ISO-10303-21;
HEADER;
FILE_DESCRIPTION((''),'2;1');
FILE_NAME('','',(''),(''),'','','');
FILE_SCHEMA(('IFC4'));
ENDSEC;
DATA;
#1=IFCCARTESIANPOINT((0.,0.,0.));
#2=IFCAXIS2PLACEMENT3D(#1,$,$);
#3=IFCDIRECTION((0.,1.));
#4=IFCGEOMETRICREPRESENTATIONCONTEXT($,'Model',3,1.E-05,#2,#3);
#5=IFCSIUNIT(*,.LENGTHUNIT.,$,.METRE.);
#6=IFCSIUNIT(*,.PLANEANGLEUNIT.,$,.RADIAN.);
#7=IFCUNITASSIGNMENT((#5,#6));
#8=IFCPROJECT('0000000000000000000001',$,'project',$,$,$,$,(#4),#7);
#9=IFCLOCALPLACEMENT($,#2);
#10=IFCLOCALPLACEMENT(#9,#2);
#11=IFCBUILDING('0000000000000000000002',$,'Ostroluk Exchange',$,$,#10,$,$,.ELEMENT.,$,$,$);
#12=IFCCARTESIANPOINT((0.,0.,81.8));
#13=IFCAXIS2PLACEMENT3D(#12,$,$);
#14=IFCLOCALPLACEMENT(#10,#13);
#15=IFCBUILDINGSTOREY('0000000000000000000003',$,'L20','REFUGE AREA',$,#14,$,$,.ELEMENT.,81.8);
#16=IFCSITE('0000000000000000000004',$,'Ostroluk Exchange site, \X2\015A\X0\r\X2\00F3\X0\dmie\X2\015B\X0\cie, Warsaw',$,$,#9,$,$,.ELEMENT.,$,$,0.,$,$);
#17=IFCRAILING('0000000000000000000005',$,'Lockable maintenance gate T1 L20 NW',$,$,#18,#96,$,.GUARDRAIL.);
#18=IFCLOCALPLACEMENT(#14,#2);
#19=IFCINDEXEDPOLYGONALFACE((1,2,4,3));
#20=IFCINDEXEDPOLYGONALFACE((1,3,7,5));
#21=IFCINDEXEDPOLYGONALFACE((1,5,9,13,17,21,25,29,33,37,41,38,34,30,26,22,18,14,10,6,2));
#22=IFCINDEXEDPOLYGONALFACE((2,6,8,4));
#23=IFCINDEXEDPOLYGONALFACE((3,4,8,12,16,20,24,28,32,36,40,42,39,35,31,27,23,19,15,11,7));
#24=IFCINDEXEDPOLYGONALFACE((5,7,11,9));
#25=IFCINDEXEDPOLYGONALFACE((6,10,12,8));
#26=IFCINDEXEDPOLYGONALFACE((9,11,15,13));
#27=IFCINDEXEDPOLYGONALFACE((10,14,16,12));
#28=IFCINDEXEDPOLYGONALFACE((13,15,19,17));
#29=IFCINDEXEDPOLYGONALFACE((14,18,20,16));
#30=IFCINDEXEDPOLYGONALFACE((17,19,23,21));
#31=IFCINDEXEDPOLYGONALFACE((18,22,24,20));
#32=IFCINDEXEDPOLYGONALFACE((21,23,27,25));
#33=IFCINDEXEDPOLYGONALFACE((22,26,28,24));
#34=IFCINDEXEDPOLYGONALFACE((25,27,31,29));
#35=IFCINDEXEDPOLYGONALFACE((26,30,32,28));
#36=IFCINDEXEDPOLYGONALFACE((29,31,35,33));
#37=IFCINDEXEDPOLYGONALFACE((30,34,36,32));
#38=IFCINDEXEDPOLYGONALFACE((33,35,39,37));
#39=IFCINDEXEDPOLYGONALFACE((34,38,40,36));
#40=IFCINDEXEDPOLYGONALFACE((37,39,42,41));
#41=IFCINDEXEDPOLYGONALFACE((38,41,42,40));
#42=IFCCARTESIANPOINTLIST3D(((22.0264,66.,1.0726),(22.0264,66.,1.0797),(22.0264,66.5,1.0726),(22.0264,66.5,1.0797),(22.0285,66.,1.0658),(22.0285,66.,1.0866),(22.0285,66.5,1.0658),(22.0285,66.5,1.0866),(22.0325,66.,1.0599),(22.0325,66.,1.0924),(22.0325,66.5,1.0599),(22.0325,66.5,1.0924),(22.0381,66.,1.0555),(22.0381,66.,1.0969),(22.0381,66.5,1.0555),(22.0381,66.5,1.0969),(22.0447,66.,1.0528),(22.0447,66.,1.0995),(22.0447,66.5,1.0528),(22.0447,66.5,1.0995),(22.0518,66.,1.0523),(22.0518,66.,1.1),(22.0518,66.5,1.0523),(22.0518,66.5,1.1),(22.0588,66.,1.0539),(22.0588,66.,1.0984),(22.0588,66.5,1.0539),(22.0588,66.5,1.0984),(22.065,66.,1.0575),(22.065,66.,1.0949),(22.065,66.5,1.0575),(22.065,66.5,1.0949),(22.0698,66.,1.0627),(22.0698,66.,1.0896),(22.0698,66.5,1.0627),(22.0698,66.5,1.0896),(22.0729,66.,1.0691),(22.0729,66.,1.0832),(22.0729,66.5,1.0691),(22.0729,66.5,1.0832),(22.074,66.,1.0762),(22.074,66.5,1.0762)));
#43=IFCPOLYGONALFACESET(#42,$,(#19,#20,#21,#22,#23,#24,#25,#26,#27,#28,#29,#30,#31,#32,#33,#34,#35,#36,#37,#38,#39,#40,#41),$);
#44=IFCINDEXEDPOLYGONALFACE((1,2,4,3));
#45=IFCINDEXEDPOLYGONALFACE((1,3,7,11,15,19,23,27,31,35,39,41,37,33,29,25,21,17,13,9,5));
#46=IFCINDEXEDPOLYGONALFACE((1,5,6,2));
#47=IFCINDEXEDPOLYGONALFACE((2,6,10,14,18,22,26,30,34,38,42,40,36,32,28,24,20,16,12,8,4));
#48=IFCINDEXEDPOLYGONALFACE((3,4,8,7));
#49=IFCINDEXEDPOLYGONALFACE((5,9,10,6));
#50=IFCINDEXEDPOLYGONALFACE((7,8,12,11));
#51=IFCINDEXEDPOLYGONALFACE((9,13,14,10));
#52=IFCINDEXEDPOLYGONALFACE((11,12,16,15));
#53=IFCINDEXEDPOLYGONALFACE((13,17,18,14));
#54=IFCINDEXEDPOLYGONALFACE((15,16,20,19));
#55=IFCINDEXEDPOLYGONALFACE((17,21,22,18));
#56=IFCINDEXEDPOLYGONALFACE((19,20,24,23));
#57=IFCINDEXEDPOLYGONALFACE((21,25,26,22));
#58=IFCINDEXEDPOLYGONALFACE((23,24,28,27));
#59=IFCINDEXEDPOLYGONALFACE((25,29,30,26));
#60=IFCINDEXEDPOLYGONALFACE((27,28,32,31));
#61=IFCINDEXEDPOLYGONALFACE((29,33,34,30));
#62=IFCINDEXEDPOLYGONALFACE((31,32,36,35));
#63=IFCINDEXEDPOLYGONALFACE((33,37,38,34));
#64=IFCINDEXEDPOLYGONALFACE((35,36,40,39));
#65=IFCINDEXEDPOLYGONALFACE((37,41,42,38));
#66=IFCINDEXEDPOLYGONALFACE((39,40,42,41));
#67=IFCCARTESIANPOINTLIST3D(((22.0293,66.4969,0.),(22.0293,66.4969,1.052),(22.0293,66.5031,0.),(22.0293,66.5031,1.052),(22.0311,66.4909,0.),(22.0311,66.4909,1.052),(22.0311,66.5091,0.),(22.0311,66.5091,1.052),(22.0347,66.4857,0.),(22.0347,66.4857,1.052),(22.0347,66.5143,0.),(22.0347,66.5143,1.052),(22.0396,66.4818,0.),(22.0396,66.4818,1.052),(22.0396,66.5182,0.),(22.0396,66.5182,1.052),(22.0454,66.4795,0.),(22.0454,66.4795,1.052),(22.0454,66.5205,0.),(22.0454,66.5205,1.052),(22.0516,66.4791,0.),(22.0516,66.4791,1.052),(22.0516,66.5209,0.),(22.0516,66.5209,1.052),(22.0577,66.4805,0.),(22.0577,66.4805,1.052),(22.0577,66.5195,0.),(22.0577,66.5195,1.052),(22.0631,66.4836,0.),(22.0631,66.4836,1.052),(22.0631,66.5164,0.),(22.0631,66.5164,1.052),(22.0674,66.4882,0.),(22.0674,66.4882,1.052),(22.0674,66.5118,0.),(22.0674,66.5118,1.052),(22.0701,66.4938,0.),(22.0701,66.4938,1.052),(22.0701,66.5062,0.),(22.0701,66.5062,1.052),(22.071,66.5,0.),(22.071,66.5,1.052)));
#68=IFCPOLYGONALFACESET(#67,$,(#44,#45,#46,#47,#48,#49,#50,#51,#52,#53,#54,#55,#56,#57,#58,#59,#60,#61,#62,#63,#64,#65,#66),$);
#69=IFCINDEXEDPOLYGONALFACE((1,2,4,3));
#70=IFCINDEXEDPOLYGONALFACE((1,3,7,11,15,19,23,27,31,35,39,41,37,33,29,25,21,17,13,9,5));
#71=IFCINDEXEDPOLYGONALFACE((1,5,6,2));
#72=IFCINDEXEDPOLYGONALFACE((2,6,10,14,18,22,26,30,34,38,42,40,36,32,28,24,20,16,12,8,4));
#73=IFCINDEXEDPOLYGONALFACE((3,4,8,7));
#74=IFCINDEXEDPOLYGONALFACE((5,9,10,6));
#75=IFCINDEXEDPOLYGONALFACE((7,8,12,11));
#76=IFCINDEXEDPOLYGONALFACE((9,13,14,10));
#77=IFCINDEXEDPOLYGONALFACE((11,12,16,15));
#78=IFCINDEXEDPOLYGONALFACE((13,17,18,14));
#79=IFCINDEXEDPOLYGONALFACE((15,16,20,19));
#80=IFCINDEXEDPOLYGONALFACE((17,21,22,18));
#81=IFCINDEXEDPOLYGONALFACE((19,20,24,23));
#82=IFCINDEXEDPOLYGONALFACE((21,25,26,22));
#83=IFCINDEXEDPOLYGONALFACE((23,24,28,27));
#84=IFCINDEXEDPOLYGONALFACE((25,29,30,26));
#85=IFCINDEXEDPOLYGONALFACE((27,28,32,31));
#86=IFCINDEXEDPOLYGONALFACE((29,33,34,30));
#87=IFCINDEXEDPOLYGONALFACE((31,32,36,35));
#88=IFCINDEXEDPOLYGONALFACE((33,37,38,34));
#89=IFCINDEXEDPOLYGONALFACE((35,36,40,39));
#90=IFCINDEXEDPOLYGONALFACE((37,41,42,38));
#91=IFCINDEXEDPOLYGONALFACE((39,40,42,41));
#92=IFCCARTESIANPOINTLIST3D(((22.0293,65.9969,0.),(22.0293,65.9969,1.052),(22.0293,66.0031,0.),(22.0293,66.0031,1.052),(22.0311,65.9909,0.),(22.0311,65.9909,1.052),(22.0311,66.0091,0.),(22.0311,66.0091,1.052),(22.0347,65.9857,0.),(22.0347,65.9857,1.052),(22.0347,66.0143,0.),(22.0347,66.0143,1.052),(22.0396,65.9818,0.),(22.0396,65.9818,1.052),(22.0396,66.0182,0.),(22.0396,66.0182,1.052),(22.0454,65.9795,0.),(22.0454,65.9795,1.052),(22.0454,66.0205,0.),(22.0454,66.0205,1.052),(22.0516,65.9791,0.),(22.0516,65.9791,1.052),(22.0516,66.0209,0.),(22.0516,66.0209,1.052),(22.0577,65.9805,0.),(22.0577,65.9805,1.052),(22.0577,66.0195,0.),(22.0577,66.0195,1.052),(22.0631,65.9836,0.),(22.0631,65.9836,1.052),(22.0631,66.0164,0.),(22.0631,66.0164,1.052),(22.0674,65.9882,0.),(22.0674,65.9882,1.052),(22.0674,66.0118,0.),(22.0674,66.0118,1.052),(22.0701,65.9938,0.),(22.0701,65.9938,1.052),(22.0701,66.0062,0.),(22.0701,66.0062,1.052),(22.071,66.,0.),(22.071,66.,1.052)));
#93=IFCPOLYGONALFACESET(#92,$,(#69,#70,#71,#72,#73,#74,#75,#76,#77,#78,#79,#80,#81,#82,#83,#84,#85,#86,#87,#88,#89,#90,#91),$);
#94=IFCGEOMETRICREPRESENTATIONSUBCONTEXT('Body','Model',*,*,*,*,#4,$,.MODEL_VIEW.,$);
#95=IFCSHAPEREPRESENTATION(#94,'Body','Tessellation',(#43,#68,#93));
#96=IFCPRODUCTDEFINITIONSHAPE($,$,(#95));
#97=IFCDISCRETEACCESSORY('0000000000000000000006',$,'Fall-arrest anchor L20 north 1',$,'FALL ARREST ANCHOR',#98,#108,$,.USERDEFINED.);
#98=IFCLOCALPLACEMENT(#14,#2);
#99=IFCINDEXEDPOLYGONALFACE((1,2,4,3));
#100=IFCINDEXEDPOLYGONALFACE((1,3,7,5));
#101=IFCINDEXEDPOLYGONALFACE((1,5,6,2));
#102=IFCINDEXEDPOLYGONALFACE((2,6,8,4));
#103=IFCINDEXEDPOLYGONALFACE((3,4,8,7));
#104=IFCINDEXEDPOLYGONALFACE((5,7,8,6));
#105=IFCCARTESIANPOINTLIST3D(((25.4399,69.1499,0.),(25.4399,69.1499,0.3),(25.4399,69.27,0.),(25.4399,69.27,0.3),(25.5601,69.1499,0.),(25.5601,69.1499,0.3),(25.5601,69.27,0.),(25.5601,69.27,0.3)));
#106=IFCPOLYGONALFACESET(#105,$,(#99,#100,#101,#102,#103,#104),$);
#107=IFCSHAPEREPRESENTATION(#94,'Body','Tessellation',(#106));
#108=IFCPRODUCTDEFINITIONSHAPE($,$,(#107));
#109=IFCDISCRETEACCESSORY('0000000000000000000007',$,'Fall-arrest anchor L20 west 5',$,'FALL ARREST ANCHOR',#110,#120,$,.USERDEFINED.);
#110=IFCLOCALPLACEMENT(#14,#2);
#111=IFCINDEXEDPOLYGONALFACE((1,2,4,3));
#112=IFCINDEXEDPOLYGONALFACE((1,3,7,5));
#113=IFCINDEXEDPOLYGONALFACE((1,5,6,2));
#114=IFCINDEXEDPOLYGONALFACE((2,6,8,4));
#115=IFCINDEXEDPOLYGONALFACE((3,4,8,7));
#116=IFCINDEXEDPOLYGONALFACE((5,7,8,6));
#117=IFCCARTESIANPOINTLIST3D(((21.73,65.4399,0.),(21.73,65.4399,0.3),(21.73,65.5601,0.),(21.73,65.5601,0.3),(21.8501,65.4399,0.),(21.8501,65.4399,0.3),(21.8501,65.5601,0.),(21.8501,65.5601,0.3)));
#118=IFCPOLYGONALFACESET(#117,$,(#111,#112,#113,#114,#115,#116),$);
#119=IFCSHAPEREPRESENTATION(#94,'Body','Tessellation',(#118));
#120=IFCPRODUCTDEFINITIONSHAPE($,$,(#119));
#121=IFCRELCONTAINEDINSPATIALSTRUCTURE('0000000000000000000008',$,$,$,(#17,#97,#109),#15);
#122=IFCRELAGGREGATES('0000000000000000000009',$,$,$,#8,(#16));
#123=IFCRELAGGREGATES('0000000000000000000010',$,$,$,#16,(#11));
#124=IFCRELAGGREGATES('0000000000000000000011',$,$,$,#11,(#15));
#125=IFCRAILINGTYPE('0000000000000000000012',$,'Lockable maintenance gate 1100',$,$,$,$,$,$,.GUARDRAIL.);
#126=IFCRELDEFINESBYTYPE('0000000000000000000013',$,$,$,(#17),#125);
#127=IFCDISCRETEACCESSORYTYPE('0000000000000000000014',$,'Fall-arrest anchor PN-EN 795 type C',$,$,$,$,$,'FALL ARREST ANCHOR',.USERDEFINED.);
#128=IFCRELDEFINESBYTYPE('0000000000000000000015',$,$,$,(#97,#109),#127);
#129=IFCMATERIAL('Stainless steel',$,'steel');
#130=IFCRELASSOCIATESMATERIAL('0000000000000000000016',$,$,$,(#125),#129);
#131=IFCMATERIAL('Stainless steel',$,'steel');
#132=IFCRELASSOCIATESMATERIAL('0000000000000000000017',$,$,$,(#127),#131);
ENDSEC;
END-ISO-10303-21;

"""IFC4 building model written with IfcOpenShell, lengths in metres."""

from ifc_helpers import new_model, si_unit, direction, frame, origin, origin_2d, place, context, subcontext, project, spatial, rectangle, circle, extrude, material, type_object, element, save


model = new_model("IFC4")

# Units and contexts
model_context = context("Model", 3, precision=1e-05, world=origin(), true_north=direction((0.0, 1.0)))
body_context = subcontext(model_context, "Body", "Model", "MODEL_VIEW")
ifc_project = project(units=[si_unit("LENGTHUNIT", "METRE"), si_unit("PLANEANGLEUNIT", "RADIAN")], contexts=[model_context])

# Site, building, storey
site_placement = place(None, origin())
site = spatial("IfcSite", under=ifc_project, at=site_placement, Name="Ostroluk Exchange site, Śródmieście, Warsaw", CompositionType="ELEMENT", RefElevation=0.0)
building_placement = place(site_placement, origin())
building = spatial("IfcBuilding", under=site, at=building_placement, Name="Ostroluk Exchange", CompositionType="ELEMENT")
storey_placement = place(building_placement, frame((0.0, 0.0, 81.8)))
storey = spatial("IfcBuildingStorey", under=building, at=storey_placement, Name="L20", Description="REFUGE AREA", CompositionType="ELEMENT", Elevation=81.8)

# Railing
ifc_material_1 = material(Name="Stainless steel", Category="steel")
railing_type_1 = type_object("IfcRailingType", Name="Lockable maintenance gate 1100", PredefinedType="GUARDRAIL", material=ifc_material_1)
railing_1_placement = place(storey_placement, frame((22.05, 66.5, 0.0)))
element("IfcRailing", 1, at=railing_1_placement, inside=storey, type_object=railing_type_1, Name="Lockable maintenance gate T1 L20 NW", PredefinedType="GUARDRAIL", context=body_context, shape_type="SweptSolid", body=[
    extrude(circle(Radius=0.0239, at=origin_2d()), frame((0.0, 0.0, 1.0762), z_axis=(0.0, -1.0, 0.0), x_axis=(1.0, 0.0, 0.0)), (0.0, 0.0, 1.0), 0.5),
    extrude(circle(Radius=0.021, at=origin_2d()), origin(), (0.0, 0.0, 1.0), 1.052),
    extrude(circle(Radius=0.021, at=origin_2d()), frame((0.0, -0.5, 0.0)), (0.0, 0.0, 1.0), 1.052),
])

# Discrete accessories
ifc_material_2 = material(Name="Stainless steel", Category="steel")
discrete_accessory_type = type_object("IfcDiscreteAccessoryType", Name="Fall-arrest anchor PN-EN 795 type C", ElementType="FALL ARREST ANCHOR", PredefinedType="USERDEFINED", material=ifc_material_2)
for number, where, z_axis, x_axis, name in (
    (2, (25.5, 69.21, 0.0), (0.0, 0.0, 1.0), (1.0, 0.0, 0.0), "Fall-arrest anchor L20 north 1"),
    (3, (21.79, 65.5, 0.0), (0.0, 0.0, 1.0), (1.0, 0.0, 0.0), "Fall-arrest anchor L20 west 5"),
):
    element("IfcDiscreteAccessory", number, at=place(storey_placement, frame(where, z_axis=z_axis, x_axis=x_axis)), inside=storey, type_object=discrete_accessory_type, Name=name, ObjectType="FALL ARREST ANCHOR", PredefinedType="USERDEFINED", context=body_context, shape_type="SweptSolid", body=[
        extrude(rectangle(XDim=0.1201, YDim=0.1201, at=origin_2d()), origin(), (0.0, 0.0, 1.0), 0.3),
    ])

save(model, "model.ifc")
